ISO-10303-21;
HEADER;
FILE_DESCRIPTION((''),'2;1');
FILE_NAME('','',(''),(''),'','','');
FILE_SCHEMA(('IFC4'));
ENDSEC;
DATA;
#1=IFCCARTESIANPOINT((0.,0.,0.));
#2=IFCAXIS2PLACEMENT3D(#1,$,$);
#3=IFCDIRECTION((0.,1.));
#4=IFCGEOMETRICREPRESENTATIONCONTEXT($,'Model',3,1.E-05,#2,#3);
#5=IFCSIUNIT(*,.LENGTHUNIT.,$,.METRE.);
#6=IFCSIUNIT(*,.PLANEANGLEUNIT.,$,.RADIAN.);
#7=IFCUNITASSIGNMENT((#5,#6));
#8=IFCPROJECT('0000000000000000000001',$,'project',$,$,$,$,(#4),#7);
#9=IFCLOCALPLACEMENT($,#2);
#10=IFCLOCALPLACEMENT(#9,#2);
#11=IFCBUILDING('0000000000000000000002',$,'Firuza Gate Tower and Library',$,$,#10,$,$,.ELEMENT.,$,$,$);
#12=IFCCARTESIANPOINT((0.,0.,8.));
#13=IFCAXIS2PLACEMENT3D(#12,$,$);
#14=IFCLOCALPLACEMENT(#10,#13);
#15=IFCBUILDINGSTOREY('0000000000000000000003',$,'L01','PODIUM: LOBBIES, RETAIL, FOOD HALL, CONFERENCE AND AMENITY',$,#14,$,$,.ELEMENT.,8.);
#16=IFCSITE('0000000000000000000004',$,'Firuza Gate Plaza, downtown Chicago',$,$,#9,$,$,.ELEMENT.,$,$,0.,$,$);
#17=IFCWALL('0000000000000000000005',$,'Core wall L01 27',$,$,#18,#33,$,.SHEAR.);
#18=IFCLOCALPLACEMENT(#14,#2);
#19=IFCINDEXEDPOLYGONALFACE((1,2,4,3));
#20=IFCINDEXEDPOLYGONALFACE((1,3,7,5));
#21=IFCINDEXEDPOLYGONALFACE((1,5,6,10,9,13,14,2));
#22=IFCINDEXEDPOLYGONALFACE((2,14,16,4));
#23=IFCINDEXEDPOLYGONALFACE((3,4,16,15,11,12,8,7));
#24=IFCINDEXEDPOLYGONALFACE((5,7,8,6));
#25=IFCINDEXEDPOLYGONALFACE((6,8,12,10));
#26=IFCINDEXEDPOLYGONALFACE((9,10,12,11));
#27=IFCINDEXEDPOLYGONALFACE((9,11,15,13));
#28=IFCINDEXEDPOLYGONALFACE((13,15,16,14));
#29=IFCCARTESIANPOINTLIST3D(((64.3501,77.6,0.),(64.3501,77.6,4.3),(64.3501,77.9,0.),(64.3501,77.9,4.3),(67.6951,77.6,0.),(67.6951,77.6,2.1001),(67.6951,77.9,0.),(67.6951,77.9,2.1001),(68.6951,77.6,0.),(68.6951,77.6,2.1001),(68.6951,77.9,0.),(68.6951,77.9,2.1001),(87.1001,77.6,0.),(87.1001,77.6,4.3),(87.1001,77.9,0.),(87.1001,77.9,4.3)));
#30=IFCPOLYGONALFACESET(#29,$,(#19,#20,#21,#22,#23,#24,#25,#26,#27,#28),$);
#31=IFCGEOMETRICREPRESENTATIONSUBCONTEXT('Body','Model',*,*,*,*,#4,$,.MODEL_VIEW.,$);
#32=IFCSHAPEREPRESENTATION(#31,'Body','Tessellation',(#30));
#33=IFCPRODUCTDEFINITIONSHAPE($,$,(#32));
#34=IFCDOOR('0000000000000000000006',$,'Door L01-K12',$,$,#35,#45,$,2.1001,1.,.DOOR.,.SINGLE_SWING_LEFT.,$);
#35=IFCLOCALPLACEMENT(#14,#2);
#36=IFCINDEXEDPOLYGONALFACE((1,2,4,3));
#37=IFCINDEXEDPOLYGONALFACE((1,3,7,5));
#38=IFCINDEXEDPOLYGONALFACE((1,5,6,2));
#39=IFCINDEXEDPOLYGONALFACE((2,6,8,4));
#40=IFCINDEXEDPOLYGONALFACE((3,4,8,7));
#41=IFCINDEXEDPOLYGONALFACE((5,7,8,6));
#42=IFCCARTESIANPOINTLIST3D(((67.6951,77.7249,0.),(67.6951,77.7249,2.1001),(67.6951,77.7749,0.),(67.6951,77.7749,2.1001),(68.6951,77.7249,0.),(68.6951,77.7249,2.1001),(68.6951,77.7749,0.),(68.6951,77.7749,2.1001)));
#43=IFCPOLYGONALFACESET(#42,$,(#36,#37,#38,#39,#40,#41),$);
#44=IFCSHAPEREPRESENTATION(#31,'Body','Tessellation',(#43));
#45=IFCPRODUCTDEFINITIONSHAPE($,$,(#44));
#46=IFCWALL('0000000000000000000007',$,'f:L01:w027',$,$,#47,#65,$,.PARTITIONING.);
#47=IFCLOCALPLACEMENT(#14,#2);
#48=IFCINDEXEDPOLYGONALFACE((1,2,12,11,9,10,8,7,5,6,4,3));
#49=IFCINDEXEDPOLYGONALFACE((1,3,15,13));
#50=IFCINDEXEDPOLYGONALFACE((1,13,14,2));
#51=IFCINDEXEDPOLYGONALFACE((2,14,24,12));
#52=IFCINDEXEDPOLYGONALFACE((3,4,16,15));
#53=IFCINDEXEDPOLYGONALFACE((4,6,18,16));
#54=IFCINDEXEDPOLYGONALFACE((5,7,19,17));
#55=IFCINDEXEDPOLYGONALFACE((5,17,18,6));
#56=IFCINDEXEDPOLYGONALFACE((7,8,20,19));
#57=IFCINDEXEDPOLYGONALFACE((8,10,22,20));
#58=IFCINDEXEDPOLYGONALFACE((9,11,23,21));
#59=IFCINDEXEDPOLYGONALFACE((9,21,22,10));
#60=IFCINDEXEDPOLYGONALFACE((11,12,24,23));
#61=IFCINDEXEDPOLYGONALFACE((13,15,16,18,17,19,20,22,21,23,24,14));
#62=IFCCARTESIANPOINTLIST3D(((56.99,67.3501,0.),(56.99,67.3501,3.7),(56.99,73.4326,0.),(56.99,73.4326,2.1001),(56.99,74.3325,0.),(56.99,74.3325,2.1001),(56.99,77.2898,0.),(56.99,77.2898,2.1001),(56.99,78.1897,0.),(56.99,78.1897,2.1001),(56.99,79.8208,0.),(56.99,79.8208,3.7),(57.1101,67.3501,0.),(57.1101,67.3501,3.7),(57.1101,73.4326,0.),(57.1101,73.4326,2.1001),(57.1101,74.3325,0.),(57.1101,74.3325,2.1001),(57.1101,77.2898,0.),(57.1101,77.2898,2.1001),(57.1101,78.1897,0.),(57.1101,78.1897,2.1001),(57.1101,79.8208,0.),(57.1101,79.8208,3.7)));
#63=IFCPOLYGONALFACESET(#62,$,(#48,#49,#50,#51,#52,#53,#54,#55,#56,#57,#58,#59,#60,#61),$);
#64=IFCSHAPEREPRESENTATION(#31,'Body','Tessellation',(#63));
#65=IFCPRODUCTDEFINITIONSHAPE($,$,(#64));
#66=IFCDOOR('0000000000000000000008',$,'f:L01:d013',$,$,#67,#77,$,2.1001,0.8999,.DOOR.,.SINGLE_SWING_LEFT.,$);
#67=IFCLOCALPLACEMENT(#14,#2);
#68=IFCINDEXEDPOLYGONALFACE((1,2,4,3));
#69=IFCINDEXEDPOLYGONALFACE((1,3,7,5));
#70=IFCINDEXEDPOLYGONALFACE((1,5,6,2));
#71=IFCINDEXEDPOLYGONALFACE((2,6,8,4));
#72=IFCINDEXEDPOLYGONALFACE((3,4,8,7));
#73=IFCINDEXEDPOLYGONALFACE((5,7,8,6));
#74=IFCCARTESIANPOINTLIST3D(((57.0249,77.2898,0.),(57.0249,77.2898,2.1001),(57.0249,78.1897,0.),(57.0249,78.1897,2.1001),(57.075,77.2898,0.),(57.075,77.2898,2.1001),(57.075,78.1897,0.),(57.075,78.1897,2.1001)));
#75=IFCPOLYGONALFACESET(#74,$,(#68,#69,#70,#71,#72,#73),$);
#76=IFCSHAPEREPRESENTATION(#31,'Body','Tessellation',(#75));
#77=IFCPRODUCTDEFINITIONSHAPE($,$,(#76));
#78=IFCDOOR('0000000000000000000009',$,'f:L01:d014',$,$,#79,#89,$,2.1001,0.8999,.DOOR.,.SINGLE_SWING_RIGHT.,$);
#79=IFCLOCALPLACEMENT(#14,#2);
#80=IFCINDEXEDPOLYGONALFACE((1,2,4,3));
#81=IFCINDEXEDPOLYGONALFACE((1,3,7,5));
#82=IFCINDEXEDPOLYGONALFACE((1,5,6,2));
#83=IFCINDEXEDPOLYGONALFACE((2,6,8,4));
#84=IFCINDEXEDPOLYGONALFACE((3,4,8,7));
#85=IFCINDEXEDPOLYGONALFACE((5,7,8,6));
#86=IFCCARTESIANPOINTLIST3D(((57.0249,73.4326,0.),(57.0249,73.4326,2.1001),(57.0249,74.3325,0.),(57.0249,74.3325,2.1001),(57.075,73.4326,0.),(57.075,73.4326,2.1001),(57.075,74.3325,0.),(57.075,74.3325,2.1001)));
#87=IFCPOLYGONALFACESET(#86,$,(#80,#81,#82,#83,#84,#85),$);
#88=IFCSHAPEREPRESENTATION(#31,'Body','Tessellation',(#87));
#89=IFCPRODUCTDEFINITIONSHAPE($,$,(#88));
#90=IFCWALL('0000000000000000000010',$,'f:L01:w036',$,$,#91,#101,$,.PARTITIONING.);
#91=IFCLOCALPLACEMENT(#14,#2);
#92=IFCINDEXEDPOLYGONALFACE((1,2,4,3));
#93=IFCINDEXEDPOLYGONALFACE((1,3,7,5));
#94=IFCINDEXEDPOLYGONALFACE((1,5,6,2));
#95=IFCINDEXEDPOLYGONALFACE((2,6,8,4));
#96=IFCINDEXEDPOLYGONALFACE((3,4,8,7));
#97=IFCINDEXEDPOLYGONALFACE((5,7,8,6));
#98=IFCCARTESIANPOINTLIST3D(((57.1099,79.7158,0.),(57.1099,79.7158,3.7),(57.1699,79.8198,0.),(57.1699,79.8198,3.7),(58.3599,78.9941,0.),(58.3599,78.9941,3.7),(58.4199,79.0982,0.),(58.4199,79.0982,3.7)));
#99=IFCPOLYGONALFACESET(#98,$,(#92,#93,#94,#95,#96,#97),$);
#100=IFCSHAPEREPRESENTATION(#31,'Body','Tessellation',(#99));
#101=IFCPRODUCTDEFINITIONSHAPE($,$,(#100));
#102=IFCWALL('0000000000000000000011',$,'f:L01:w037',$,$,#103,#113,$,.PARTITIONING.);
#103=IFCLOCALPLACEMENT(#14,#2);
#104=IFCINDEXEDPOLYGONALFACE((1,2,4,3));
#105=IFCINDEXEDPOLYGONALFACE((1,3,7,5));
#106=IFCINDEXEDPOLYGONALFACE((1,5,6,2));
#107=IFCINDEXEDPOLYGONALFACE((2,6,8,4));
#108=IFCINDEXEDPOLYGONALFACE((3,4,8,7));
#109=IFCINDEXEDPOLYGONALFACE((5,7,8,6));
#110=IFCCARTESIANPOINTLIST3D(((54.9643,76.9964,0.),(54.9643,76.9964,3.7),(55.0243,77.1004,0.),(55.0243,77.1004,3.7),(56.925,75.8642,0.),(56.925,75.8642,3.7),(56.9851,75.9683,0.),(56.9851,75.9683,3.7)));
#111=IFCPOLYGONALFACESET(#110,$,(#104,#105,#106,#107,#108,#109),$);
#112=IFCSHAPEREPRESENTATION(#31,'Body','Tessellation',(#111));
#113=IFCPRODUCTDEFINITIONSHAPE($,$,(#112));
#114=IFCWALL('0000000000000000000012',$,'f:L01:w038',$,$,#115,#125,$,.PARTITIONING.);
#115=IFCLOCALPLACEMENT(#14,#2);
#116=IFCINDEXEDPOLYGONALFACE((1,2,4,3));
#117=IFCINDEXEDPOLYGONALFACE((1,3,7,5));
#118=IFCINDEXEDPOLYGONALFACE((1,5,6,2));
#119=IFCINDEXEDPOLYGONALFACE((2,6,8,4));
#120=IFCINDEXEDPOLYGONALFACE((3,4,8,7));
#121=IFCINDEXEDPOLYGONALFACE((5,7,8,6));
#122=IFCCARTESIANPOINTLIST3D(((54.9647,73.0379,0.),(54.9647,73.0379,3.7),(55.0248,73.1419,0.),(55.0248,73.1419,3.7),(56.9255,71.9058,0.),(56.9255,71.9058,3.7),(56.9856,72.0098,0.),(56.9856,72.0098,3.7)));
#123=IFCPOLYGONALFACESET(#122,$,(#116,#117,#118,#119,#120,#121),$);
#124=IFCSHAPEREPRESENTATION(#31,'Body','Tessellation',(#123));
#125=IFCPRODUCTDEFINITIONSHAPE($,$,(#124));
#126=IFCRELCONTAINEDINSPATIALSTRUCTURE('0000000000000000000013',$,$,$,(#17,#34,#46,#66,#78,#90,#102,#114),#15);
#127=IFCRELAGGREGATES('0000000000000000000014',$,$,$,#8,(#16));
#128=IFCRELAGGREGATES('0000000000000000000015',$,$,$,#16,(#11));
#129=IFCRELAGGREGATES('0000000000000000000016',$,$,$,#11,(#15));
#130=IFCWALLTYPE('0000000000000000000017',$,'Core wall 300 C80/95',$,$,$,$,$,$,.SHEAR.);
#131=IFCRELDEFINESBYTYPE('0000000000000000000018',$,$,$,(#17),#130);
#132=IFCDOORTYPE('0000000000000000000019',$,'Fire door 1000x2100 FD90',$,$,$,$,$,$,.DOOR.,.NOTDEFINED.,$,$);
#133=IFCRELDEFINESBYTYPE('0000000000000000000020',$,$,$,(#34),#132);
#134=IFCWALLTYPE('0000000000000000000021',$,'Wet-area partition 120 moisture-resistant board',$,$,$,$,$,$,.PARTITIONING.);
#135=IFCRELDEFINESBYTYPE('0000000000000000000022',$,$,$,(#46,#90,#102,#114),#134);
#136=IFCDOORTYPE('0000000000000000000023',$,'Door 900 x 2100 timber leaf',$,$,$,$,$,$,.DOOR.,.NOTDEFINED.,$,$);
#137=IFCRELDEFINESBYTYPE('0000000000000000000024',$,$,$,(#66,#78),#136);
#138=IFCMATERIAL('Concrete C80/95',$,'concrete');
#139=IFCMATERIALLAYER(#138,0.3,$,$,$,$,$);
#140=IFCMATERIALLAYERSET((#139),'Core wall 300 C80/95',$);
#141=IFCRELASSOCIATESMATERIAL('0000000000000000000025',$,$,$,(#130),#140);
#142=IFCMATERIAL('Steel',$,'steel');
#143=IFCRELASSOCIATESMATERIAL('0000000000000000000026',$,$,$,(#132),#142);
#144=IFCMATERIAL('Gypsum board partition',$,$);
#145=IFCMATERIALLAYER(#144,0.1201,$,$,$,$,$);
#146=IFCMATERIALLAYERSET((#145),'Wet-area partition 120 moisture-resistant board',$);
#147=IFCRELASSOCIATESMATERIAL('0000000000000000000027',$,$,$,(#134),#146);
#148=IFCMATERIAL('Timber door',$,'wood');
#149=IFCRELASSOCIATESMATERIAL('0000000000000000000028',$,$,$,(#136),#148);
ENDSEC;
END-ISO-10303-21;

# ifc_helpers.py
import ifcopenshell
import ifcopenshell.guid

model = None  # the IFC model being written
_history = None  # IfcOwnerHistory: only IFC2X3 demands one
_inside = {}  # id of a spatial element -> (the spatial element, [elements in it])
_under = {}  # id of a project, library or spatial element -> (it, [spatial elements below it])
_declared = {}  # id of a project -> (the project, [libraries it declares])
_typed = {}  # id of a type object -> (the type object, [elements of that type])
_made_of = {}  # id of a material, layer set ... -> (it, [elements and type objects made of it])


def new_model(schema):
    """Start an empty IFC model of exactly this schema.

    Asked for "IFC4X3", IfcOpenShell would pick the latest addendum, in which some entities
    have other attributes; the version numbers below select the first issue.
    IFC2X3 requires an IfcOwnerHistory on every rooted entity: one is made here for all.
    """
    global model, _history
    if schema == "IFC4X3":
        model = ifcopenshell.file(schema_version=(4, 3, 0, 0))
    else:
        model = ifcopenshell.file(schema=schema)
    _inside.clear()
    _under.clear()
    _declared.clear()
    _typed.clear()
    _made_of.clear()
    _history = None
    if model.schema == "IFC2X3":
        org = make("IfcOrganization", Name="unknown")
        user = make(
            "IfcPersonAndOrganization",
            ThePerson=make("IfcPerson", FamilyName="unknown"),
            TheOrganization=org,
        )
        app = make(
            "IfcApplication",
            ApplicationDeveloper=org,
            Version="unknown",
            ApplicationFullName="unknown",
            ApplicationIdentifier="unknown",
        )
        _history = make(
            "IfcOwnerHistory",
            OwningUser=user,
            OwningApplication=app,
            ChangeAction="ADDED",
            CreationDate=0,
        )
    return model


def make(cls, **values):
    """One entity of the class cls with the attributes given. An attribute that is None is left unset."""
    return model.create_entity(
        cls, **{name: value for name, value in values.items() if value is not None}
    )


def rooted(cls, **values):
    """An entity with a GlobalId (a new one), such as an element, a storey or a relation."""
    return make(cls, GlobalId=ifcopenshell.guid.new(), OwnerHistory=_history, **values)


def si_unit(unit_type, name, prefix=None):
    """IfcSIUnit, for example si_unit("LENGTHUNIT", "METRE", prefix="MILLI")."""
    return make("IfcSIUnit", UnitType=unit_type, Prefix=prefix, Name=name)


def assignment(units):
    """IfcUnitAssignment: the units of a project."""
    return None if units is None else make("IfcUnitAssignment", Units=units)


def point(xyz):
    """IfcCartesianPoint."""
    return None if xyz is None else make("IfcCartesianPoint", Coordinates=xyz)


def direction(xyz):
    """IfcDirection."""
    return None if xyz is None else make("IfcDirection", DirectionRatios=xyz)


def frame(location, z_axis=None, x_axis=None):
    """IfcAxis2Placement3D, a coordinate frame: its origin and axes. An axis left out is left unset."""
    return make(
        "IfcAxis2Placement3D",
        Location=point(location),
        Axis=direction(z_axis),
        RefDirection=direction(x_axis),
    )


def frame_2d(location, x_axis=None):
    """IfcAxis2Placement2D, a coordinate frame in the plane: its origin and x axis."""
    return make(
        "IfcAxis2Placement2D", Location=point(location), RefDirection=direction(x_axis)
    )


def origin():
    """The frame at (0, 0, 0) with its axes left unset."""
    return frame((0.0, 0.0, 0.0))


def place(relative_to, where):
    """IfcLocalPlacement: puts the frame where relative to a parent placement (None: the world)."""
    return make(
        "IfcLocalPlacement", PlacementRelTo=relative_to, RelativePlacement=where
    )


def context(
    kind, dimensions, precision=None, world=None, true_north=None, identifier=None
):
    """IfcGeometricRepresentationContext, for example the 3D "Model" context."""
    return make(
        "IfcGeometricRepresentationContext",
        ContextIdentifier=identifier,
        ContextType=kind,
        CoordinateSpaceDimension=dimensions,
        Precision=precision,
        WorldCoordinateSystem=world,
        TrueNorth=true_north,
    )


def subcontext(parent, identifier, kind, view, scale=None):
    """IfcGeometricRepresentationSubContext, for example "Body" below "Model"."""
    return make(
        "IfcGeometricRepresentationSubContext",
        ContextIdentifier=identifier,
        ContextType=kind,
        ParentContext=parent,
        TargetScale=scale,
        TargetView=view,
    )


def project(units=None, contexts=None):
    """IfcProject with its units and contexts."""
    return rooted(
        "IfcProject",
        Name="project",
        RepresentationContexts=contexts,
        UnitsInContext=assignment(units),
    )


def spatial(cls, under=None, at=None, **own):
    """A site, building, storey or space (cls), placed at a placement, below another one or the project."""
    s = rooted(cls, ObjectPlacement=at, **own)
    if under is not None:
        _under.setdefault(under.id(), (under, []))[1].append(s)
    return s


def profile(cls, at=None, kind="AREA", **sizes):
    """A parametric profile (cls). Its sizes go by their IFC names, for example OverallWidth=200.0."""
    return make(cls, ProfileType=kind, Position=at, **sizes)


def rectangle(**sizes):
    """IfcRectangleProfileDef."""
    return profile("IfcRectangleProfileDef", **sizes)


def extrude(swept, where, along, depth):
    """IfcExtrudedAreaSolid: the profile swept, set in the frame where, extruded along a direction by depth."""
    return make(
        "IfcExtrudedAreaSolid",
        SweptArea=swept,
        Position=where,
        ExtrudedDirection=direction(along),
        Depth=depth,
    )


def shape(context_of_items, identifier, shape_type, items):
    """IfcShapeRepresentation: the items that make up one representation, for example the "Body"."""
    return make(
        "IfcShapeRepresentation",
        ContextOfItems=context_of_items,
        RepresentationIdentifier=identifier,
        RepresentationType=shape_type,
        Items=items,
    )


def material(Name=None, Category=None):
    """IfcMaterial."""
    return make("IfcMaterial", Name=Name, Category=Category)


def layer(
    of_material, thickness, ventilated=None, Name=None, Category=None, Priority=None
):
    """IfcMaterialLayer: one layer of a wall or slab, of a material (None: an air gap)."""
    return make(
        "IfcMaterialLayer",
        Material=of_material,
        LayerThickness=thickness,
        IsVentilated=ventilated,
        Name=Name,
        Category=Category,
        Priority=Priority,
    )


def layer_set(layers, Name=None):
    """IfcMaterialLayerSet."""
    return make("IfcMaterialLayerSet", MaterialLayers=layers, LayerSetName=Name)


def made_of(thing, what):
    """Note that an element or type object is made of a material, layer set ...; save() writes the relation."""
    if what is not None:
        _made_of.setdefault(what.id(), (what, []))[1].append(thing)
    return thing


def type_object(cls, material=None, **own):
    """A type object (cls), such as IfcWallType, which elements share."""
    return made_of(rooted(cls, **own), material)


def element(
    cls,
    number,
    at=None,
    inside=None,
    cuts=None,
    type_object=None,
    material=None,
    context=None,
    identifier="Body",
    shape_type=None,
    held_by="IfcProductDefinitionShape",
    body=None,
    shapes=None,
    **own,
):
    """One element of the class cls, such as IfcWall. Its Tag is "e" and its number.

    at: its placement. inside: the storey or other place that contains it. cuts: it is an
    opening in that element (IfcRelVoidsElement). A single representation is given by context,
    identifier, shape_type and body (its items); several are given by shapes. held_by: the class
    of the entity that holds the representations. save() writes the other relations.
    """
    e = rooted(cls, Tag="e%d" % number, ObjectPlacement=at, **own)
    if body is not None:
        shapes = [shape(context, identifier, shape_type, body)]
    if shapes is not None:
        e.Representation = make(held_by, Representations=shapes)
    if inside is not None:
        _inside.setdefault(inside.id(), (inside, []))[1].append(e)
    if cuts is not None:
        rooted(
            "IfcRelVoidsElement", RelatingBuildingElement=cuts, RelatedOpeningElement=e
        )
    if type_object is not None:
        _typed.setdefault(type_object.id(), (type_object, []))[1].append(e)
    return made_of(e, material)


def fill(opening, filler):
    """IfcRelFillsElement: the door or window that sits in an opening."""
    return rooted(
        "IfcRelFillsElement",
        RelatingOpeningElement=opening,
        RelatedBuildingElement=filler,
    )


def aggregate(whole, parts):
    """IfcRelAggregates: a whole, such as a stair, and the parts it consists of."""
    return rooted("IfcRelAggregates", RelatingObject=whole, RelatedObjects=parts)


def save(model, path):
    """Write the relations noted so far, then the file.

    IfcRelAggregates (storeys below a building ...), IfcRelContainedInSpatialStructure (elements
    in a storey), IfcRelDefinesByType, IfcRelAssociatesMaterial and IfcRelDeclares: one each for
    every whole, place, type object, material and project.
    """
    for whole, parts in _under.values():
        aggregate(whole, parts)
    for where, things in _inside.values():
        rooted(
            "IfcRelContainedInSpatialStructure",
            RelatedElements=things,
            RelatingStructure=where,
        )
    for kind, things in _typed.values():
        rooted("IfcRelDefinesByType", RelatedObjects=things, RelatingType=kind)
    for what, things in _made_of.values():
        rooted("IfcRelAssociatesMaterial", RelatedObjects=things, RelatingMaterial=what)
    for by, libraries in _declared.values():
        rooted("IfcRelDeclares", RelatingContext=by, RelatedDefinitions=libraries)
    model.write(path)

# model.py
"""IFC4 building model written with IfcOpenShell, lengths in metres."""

from ifc_helpers import new_model, si_unit, direction, frame, frame_2d, origin, place, context, subcontext, project, spatial, rectangle, extrude, material, layer, layer_set, type_object, element, fill, save


model = new_model("IFC4")

# Units and contexts
model_context = context("Model", 3, precision=1e-05, world=origin(), true_north=direction((0.0, 1.0)))
body_context = subcontext(model_context, "Body", "Model", "MODEL_VIEW")
ifc_project = project(units=[si_unit("LENGTHUNIT", "METRE"), si_unit("PLANEANGLEUNIT", "RADIAN")], contexts=[model_context])

# Site, building, storey
site_placement = place(None, origin())
site = spatial("IfcSite", under=ifc_project, at=site_placement, Name="Firuza Gate Plaza, downtown Chicago", CompositionType="ELEMENT", RefElevation=0.0)
building_placement = place(site_placement, origin())
building = spatial("IfcBuilding", under=site, at=building_placement, Name="Firuza Gate Tower and Library", CompositionType="ELEMENT")
storey_placement = place(building_placement, frame((0.0, 0.0, 8.0)))
storey = spatial("IfcBuildingStorey", under=building, at=storey_placement, Name="L01", Description="PODIUM: LOBBIES, RETAIL, FOOD HALL, CONFERENCE AND AMENITY", CompositionType="ELEMENT", Elevation=8.0)

# Shared definitions
ifc_material_1 = material(Name="Concrete C80/95", Category="concrete")
ifc_layer_1 = layer(ifc_material_1, 0.3)
ifc_layer_set_1 = layer_set([ifc_layer_1], Name="Core wall 300 C80/95")
wall_type_1 = type_object("IfcWallType", Name="Core wall 300 C80/95", PredefinedType="SHEAR", material=ifc_layer_set_1)

# Wall, opening, door
wall_1_placement = place(storey_placement, frame((64.3501, 77.75, 0.0), z_axis=(0.0, 0.0, 1.0), x_axis=(1.0, 0.0, 0.0)))
wall_1 = element("IfcWall", 1, at=wall_1_placement, inside=storey, type_object=wall_type_1, Name="Core wall L01 27", PredefinedType="SHEAR", context=body_context, shape_type="SweptSolid", body=[
    extrude(rectangle(XDim=22.75, YDim=0.3, at=frame_2d((11.375, 0.0))), origin(), (0.0, 0.0, 1.0), 4.3),
])
opening_1_placement = place(wall_1_placement, frame((3.345, 0.0, 0.0)))
opening_1 = element("IfcOpeningElement", 2, at=opening_1_placement, cuts=wall_1, PredefinedType="OPENING", context=body_context, shape_type="SweptSolid", body=[
    extrude(rectangle(XDim=1.0, YDim=2.1001, at=frame_2d((0.5, 1.05))), frame((0.0, 0.1602, 0.0), z_axis=(0.0, -1.0, 0.0), x_axis=(1.0, 0.0, 0.0)), (0.0, 0.0, 1.0), 0.3201),
])
ifc_material_2 = material(Name="Steel", Category="steel")
door_type_1 = type_object("IfcDoorType", Name="Fire door 1000x2100 FD90", OperationType="NOTDEFINED", PredefinedType="DOOR", material=ifc_material_2)
door_1_placement = place(opening_1_placement, origin())
door_1 = element("IfcDoor", 3, at=door_1_placement, inside=storey, type_object=door_type_1, Name="Door L01-K12", OperationType="SINGLE_SWING_LEFT", OverallHeight=2.1001, OverallWidth=1.0, PredefinedType="DOOR", context=body_context, shape_type="SweptSolid", body=[
    extrude(rectangle(XDim=1.0, YDim=2.1001, at=frame_2d((0.5, 1.05))), frame((0.0, 0.0249, 0.0), z_axis=(0.0, -1.0, 0.0), x_axis=(1.0, 0.0, 0.0)), (0.0, 0.0, 1.0), 0.05),
])
fill(opening_1, door_1)

# Wall, openings, doors
ifc_material_3 = material(Name="Gypsum board partition")
ifc_layer_2 = layer(ifc_material_3, 0.1201)
ifc_layer_set_2 = layer_set([ifc_layer_2], Name="Wet-area partition 120 moisture-resistant board")
wall_type_2 = type_object("IfcWallType", Name="Wet-area partition 120 moisture-resistant board", PredefinedType="PARTITIONING", material=ifc_layer_set_2)
wall_2_placement = place(storey_placement, frame((57.05, 79.8208, 0.0), z_axis=(0.0, 0.0, 1.0), x_axis=(0.0, -1.0, 0.0)))
wall_2 = element("IfcWall", 4, at=wall_2_placement, inside=storey, type_object=wall_type_2, Name="f:L01:w027", PredefinedType="PARTITIONING", context=body_context, shape_type="SweptSolid", body=[
    extrude(rectangle(XDim=12.4707, YDim=0.1201, at=frame_2d((6.2354, 0.0))), origin(), (0.0, 0.0, 1.0), 3.7),
])
opening_2_placement = place(wall_2_placement, frame((1.6311, 0.0, 0.0)))
opening_2 = element("IfcOpeningElement", 5, at=opening_2_placement, cuts=wall_2, PredefinedType="OPENING", context=body_context, shape_type="SweptSolid", body=[
    extrude(rectangle(XDim=0.8999, YDim=2.1001, at=frame_2d((0.45, 1.05))), frame((0.0, 0.0701, 0.0), z_axis=(0.0, -1.0, 0.0), x_axis=(1.0, 0.0, 0.0)), (0.0, 0.0, 1.0), 0.1401),
])
opening_3_placement = place(wall_2_placement, frame((5.4883, 0.0, 0.0)))
opening_3 = element("IfcOpeningElement", 6, at=opening_3_placement, cuts=wall_2, PredefinedType="OPENING", context=body_context, shape_type="SweptSolid", body=[
    extrude(rectangle(XDim=0.8999, YDim=2.1001, at=frame_2d((0.45, 1.05))), frame((0.0, 0.0701, 0.0), z_axis=(0.0, -1.0, 0.0), x_axis=(1.0, 0.0, 0.0)), (0.0, 0.0, 1.0), 0.1401),
])
ifc_material_4 = material(Name="Timber door", Category="wood")
door_type_2 = type_object("IfcDoorType", Name="Door 900 x 2100 timber leaf", OperationType="NOTDEFINED", PredefinedType="DOOR", material=ifc_material_4)
door_2_placement = place(opening_2_placement, origin())
door_2 = element("IfcDoor", 7, at=door_2_placement, inside=storey, type_object=door_type_2, Name="f:L01:d013", OperationType="SINGLE_SWING_LEFT", OverallHeight=2.1001, OverallWidth=0.8999, PredefinedType="DOOR", context=body_context, shape_type="SweptSolid", body=[
    extrude(rectangle(XDim=0.8999, YDim=2.1001, at=frame_2d((0.45, 1.05))), frame((0.0, 0.0249, 0.0), z_axis=(0.0, -1.0, 0.0), x_axis=(1.0, 0.0, 0.0)), (0.0, 0.0, 1.0), 0.05),
])
fill(opening_2, door_2)
door_3_placement = place(opening_3_placement, origin())
door_3 = element("IfcDoor", 8, at=door_3_placement, inside=storey, type_object=door_type_2, Name="f:L01:d014", OperationType="SINGLE_SWING_RIGHT", OverallHeight=2.1001, OverallWidth=0.8999, PredefinedType="DOOR", context=body_context, shape_type="SweptSolid", body=[
    extrude(rectangle(XDim=0.8999, YDim=2.1001, at=frame_2d((0.45, 1.05))), frame((0.0, 0.0249, 0.0), z_axis=(0.0, -1.0, 0.0), x_axis=(1.0, 0.0, 0.0)), (0.0, 0.0, 1.0), 0.05),
])
fill(opening_3, door_3)

# Walls
wall_3_placement = place(storey_placement, frame((58.3899, 79.0461, 0.0), z_axis=(0.0, 0.0, 1.0), x_axis=(-0.866028, 0.499996, 0.0)))
element("IfcWall", 9, at=wall_3_placement, inside=storey, type_object=wall_type_2, Name="f:L01:w036", PredefinedType="PARTITIONING", context=body_context, shape_type="SweptSolid", body=[
    extrude(rectangle(XDim=1.4434, YDim=0.1201, at=frame_2d((0.7217, 0.0))), origin(), (0.0, 0.0, 1.0), 3.7),
])
for number, where, z_axis, x_axis, name in (
    (10, (56.9551, 75.9163, 0.0), (0.0, 0.0, 1.0), (-0.866011, 0.500024, 0.0), "f:L01:w037"),
    (11, (56.9556, 71.9578, 0.0), (0.0, 0.0, 1.0), (-0.866011, 0.500024, 0.0), "f:L01:w038"),
):
    element("IfcWall", number, at=place(storey_placement, frame(where, z_axis=z_axis, x_axis=x_axis)), inside=storey, type_object=wall_type_2, Name=name, PredefinedType="PARTITIONING", context=body_context, shape_type="SweptSolid", body=[
        extrude(rectangle(XDim=2.2642, YDim=0.1201, at=frame_2d((1.1321, 0.0))), origin(), (0.0, 0.0, 1.0), 3.7),
    ])

save(model, "model.ifc")
